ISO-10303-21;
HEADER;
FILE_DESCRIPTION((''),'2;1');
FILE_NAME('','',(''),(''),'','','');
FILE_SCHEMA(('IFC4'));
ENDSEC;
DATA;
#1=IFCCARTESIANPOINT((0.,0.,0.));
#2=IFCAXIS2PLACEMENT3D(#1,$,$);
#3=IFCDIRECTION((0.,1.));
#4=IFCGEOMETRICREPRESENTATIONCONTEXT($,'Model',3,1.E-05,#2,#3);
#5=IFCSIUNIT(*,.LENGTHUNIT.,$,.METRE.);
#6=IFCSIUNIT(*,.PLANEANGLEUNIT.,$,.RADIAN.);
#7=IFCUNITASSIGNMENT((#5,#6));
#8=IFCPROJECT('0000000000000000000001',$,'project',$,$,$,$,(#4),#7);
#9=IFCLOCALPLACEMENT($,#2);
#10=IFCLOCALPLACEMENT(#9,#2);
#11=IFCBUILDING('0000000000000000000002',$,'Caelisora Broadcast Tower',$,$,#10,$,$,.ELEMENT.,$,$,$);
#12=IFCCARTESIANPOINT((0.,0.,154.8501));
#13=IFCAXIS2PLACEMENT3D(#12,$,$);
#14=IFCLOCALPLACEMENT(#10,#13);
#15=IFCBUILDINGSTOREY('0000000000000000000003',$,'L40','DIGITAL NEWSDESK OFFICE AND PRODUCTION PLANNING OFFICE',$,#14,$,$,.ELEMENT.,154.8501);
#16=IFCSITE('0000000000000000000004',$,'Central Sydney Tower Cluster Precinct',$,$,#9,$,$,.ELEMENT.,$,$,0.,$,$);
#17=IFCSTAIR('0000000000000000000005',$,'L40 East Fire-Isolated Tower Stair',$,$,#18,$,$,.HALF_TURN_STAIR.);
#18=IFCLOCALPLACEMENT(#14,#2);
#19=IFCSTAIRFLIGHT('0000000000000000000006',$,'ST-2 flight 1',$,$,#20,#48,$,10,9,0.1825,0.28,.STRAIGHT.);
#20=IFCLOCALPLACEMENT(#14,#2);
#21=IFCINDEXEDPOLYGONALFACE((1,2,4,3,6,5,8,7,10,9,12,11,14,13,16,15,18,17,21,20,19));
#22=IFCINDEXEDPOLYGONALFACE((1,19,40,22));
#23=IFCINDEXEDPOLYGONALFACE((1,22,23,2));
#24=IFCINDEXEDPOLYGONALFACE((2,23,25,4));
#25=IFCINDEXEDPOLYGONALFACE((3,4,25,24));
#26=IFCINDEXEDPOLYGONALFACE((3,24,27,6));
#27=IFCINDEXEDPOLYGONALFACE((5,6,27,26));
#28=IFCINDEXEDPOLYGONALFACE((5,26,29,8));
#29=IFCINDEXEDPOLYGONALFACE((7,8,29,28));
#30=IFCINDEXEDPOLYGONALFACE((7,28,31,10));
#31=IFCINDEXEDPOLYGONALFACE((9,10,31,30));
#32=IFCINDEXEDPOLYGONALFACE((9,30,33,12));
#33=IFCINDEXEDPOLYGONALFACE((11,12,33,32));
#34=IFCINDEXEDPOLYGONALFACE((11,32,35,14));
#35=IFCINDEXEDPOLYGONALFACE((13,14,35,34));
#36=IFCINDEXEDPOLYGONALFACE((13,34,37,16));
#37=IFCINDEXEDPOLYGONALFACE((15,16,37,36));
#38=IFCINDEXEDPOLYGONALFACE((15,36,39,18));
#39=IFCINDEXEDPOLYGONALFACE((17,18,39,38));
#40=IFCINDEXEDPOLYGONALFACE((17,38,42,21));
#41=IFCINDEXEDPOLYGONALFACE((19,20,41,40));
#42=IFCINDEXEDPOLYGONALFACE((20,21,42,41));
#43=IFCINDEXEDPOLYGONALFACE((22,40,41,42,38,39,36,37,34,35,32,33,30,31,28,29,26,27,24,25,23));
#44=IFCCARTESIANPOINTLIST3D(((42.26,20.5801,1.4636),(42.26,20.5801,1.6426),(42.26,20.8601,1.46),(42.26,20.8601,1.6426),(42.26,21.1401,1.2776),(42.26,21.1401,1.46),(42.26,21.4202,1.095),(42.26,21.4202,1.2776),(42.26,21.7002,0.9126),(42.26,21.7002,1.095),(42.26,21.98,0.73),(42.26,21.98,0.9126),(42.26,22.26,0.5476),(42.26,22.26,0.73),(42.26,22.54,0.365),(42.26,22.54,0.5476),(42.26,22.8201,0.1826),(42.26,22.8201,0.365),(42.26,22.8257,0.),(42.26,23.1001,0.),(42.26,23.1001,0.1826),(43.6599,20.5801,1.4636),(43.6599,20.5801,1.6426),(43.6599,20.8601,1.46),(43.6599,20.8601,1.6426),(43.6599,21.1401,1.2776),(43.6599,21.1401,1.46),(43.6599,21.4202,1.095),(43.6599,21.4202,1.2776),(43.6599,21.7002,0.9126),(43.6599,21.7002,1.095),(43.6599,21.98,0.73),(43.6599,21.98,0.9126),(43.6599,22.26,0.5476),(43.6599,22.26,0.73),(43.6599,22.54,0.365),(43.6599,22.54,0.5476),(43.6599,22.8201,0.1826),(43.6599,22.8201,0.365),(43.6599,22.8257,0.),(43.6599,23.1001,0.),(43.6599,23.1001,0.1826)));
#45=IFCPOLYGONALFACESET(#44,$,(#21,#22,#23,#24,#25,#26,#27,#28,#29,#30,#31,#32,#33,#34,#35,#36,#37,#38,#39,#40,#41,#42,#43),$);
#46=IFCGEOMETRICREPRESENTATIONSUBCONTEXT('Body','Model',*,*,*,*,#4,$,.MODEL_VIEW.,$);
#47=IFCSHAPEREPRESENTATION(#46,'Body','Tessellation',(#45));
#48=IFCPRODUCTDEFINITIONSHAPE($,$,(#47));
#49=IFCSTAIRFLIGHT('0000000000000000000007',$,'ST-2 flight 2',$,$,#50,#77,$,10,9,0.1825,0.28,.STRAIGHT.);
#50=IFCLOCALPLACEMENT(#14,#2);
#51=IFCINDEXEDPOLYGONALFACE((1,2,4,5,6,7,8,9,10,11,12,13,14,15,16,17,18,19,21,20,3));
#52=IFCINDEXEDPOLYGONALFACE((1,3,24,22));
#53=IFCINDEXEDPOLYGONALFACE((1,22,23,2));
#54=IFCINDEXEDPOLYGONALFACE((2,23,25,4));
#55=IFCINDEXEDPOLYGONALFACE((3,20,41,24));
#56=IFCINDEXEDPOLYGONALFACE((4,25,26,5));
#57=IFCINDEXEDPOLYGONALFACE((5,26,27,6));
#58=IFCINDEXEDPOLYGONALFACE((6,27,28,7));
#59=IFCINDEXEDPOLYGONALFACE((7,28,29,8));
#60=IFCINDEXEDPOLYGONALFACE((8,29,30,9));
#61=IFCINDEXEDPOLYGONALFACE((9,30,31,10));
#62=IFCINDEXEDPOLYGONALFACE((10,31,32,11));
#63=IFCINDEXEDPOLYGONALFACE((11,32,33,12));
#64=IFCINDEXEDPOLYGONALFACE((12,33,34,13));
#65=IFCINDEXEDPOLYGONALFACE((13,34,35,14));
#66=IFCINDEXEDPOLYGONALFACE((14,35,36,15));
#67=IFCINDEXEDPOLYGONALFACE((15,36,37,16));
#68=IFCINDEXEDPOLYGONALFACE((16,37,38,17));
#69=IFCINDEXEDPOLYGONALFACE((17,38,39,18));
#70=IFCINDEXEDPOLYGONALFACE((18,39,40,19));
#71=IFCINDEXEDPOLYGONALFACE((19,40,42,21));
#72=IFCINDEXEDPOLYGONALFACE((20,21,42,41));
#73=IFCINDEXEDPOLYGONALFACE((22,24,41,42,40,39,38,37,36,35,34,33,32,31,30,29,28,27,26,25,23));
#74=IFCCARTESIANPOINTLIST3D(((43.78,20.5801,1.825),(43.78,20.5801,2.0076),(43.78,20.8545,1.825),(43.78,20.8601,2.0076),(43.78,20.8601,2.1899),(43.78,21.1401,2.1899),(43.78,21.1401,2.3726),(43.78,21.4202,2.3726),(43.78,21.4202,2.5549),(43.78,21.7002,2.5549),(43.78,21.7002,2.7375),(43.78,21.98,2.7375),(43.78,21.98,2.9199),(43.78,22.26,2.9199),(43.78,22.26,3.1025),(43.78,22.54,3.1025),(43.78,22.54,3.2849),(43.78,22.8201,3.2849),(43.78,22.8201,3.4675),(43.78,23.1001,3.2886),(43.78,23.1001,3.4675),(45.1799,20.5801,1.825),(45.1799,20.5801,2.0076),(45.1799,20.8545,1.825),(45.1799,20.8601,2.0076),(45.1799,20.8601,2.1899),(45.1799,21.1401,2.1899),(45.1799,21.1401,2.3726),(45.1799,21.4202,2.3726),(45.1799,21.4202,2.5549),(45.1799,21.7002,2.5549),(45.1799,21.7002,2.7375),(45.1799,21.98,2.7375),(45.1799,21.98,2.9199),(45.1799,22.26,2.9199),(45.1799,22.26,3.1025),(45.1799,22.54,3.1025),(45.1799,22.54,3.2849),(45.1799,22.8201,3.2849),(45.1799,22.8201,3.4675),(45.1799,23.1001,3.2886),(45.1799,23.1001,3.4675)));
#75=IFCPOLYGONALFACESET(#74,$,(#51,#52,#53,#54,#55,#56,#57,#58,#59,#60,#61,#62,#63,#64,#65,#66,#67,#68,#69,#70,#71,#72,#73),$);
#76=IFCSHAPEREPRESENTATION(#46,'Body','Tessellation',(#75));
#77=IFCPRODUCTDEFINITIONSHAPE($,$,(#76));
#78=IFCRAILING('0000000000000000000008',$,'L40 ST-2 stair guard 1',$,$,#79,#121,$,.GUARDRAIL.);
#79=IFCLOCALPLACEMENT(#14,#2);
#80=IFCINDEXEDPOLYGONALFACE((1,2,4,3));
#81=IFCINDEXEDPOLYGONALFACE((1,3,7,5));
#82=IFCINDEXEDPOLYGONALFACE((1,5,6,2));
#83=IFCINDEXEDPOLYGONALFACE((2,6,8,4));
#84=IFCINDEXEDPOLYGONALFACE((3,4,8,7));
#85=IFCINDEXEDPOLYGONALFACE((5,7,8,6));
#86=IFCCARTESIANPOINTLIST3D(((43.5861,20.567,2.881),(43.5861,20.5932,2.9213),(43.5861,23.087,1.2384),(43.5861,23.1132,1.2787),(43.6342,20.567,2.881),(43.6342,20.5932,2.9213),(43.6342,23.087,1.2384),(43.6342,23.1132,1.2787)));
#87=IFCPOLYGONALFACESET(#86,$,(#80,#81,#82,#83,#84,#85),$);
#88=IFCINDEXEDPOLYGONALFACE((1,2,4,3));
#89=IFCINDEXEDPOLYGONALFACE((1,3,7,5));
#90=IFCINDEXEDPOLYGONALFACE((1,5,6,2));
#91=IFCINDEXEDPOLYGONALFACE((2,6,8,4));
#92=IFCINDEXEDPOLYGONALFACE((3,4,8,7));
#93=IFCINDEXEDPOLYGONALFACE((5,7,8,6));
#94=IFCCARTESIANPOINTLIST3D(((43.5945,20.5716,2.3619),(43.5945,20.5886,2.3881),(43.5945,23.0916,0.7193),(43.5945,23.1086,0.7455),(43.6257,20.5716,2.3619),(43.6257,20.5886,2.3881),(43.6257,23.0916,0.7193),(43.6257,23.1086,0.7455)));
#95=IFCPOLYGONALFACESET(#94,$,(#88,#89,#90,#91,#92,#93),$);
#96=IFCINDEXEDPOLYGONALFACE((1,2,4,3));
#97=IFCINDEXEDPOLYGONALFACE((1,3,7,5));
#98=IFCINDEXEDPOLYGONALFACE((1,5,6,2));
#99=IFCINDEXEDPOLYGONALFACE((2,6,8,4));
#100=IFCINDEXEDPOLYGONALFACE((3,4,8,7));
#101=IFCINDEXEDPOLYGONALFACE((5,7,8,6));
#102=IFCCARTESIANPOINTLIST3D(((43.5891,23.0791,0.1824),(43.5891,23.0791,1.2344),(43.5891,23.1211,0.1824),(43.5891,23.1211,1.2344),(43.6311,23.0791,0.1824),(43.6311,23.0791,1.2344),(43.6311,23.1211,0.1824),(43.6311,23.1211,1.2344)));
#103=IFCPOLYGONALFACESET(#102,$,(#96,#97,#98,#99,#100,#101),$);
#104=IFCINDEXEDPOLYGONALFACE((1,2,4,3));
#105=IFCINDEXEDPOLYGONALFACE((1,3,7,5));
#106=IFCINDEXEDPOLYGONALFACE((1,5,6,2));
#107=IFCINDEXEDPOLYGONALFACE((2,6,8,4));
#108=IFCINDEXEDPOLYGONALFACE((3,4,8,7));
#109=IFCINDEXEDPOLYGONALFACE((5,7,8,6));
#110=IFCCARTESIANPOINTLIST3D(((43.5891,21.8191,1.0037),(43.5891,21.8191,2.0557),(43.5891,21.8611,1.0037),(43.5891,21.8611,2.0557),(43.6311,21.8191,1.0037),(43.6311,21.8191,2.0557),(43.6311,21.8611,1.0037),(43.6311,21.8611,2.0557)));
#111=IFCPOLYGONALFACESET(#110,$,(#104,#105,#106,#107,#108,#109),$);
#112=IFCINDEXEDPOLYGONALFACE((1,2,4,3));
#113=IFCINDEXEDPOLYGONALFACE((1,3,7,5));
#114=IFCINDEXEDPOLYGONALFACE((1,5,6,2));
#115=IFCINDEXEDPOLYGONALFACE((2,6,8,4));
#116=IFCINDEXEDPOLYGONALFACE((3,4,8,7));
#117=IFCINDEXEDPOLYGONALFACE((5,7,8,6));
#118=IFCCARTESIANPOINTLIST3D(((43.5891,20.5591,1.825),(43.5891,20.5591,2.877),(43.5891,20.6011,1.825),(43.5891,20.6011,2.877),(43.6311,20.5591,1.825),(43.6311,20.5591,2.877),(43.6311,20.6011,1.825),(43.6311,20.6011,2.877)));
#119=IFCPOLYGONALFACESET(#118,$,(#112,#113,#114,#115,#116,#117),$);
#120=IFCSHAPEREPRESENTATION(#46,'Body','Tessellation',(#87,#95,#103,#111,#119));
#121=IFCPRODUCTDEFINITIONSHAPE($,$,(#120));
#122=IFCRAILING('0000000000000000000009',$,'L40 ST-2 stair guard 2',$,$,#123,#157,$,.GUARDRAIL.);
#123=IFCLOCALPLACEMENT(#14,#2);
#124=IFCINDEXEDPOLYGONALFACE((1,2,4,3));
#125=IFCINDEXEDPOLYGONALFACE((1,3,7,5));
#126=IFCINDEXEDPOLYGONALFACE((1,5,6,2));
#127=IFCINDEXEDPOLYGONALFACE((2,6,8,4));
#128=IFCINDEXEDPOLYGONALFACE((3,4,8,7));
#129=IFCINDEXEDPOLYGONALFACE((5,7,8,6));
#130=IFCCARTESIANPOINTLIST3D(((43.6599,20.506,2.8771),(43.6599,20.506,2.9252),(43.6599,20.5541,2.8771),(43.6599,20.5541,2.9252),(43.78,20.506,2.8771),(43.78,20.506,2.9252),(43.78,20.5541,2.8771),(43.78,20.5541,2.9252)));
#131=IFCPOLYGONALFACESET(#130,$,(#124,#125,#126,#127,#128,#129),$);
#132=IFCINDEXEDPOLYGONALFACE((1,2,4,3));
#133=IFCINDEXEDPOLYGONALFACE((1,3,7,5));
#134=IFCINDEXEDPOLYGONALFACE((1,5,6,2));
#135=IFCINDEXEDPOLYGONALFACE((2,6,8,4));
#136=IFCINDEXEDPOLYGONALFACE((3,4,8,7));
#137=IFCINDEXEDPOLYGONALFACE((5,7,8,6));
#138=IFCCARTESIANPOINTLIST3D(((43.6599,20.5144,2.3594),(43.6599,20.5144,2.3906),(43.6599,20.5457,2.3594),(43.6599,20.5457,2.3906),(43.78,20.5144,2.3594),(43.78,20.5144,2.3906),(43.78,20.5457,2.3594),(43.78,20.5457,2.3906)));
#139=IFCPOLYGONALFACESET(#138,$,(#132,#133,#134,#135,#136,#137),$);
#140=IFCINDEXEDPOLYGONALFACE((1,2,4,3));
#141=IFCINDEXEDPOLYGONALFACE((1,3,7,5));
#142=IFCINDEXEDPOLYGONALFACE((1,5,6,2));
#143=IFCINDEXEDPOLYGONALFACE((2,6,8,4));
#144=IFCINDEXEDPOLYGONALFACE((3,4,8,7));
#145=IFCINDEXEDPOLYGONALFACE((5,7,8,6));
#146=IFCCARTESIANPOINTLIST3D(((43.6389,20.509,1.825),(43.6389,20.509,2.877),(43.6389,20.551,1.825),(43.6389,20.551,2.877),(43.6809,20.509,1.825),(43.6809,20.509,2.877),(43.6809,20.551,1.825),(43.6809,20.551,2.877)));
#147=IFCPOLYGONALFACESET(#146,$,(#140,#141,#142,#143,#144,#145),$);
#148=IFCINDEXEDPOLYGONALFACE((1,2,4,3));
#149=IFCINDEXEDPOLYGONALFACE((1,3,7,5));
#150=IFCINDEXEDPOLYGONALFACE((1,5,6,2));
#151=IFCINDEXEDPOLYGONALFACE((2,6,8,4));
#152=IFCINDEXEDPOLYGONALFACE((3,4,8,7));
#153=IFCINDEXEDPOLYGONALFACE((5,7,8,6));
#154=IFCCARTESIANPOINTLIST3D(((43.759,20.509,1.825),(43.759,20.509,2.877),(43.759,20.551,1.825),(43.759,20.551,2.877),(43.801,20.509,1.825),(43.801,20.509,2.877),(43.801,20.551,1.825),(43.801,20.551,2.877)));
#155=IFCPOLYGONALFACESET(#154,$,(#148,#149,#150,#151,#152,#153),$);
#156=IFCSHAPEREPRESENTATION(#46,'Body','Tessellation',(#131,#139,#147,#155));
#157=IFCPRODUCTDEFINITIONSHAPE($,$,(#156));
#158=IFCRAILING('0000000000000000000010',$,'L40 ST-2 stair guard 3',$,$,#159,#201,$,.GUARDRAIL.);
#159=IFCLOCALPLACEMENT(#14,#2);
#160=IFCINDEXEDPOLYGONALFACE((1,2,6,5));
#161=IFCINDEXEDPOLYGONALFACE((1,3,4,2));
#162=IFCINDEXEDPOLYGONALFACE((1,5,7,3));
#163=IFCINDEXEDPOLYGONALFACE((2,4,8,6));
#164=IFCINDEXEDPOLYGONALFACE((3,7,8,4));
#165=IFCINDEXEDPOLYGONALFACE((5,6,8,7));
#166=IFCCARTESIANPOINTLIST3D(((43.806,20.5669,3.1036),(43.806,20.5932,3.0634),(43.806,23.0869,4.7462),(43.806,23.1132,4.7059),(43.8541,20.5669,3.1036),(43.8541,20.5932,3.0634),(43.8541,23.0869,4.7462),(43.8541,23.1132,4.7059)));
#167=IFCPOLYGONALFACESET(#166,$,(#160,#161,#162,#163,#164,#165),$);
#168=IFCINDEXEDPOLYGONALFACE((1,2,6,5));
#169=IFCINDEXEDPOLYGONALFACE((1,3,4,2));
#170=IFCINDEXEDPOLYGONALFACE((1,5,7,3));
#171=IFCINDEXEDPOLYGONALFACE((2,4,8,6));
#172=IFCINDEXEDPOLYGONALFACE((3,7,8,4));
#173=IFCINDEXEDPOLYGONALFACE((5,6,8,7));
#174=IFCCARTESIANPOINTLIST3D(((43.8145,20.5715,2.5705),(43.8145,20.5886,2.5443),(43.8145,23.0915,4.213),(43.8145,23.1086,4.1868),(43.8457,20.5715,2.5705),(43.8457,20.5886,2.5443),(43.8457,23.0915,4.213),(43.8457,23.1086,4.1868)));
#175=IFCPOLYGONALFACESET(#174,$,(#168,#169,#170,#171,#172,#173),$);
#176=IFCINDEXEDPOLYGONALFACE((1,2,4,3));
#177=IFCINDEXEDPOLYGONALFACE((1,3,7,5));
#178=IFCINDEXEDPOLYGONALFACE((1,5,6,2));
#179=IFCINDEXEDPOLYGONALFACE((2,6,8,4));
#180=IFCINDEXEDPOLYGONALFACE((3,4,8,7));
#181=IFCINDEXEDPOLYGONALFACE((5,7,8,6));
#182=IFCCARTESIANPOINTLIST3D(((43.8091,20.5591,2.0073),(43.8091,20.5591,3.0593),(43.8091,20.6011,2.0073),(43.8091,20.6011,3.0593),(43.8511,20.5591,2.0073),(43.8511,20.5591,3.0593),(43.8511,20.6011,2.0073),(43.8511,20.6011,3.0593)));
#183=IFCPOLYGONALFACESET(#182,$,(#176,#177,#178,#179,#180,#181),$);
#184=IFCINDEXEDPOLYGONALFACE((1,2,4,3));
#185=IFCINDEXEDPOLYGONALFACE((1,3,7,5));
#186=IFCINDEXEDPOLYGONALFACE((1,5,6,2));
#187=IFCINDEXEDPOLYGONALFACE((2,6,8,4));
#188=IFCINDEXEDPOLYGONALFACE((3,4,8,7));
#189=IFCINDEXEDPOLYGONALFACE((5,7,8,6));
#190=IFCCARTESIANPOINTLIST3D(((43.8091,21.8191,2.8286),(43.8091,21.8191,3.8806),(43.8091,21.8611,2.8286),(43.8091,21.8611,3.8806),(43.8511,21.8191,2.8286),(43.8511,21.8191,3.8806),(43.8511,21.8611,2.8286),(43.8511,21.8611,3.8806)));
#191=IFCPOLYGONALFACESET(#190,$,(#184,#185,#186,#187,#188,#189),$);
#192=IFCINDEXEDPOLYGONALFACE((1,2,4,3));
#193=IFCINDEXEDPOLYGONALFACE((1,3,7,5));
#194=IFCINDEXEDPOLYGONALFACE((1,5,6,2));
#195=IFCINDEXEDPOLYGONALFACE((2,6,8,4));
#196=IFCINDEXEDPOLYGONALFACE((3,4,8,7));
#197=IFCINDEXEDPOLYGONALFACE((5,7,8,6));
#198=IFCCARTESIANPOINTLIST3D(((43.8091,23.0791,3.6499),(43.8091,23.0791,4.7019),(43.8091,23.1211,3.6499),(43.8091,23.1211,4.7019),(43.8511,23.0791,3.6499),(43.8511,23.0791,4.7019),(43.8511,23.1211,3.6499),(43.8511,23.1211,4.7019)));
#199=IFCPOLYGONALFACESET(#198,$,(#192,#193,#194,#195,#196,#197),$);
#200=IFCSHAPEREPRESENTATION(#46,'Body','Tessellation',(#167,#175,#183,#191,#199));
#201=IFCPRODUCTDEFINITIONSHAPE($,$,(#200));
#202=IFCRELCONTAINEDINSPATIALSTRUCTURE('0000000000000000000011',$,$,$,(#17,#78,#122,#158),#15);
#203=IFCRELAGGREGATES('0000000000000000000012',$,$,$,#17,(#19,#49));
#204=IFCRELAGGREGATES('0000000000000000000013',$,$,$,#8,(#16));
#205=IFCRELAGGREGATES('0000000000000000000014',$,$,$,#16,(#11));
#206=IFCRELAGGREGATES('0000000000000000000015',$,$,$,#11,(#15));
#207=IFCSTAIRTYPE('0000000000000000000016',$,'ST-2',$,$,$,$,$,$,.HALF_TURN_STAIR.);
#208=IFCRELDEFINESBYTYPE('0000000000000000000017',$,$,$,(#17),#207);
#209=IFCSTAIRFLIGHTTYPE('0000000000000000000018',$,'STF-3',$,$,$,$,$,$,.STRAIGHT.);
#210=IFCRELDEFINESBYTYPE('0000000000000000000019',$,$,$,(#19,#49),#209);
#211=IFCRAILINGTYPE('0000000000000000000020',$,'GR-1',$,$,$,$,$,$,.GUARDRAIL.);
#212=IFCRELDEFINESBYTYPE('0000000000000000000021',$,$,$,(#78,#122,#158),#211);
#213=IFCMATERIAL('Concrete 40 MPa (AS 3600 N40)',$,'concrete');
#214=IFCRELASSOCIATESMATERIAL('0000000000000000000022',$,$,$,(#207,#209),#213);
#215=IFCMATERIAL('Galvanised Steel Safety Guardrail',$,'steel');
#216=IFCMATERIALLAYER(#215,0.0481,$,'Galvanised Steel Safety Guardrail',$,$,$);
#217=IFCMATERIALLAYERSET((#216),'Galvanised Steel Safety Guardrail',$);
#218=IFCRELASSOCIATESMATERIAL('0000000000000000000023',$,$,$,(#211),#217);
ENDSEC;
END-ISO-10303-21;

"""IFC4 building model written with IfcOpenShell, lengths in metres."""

from ifc_helpers import new_model, si_unit, direction, frame, origin, origin_2d, place, context, subcontext, project, spatial, polyline, rectangle, outline, extrude, material, layer, layer_set, type_object, element, aggregate, save


model = new_model("IFC4")

# Units and contexts
model_context = context("Model", 3, precision=1e-05, world=origin(), true_north=direction((0.0, 1.0)))
body_context = subcontext(model_context, "Body", "Model", "MODEL_VIEW")
ifc_project = project(units=[si_unit("LENGTHUNIT", "METRE"), si_unit("PLANEANGLEUNIT", "RADIAN")], contexts=[model_context])

# Site, building, storey
site_placement = place(None, origin())
site = spatial("IfcSite", under=ifc_project, at=site_placement, Name="Central Sydney Tower Cluster Precinct", CompositionType="ELEMENT", RefElevation=0.0)
building_placement = place(site_placement, origin())
building = spatial("IfcBuilding", under=site, at=building_placement, Name="Caelisora Broadcast Tower", CompositionType="ELEMENT")
storey_placement = place(building_placement, frame((0.0, 0.0, 154.8501)))
storey = spatial("IfcBuildingStorey", under=building, at=storey_placement, Name="L40", Description="DIGITAL NEWSDESK OFFICE AND PRODUCTION PLANNING OFFICE", CompositionType="ELEMENT", Elevation=154.8501)

# Stair, stair flights
ifc_material_1 = material(Name="Concrete 40 MPa (AS 3600 N40)", Category="concrete")
stair_type = type_object("IfcStairType", Name="ST-2", PredefinedType="HALF_TURN_STAIR", material=ifc_material_1)
stair_placement = place(storey_placement, origin())
stair = element("IfcStair", 1, at=stair_placement, inside=storey, type_object=stair_type, Name="L40 East Fire-Isolated Tower Stair", PredefinedType="HALF_TURN_STAIR")
stair_flight_type = type_object("IfcStairFlightType", Name="STF-3", PredefinedType="STRAIGHT", material=ifc_material_1)
stair_flight_1_placement = place(storey_placement, frame((42.96, 23.1001, 0.0), z_axis=(0.0, 0.0, 1.0), x_axis=(0.0, -1.0, 0.0)))
stair_flight_1 = element("IfcStairFlight", 2, at=stair_flight_1_placement, type_object=stair_flight_type, Name="ST-2 flight 1", NumberOfRisers=10, NumberOfTreads=9, PredefinedType="STRAIGHT", RiserHeight=0.1825, TreadLength=0.28, context=body_context, shape_type="SweptSolid", body=[
    extrude(outline(polyline([(0.0, 0.0), (0.0, 0.1826), (0.28, 0.1826), (0.28, 0.365), (0.5601, 0.365), (0.5601, 0.5476), (0.8401, 0.5476), (0.8401, 0.73), (1.1201, 0.73), (1.1201, 0.9126), (1.3999, 0.9126), (1.3999, 1.095), (1.6799, 1.095), (1.6799, 1.2776), (1.96, 1.2776), (1.96, 1.46), (2.24, 1.46), (2.24, 1.6426), (2.52, 1.6426), (2.52, 1.825), (2.52, 1.4636), (0.2744, 0.0), (0.0, 0.0)])), frame((0.0, 0.7, 0.0), z_axis=(0.0, -1.0, 0.0), x_axis=(1.0, 0.0, 0.0)), (0.0, 0.0, 1.0), 1.3999),
])
stair_flight_2_placement = place(storey_placement, frame((44.48, 20.5801, 1.825), z_axis=(0.0, 0.0, 1.0), x_axis=(0.0, 1.0, 0.0)))
stair_flight_2 = element("IfcStairFlight", 3, at=stair_flight_2_placement, type_object=stair_flight_type, Name="ST-2 flight 2", NumberOfRisers=10, NumberOfTreads=9, PredefinedType="STRAIGHT", RiserHeight=0.1825, TreadLength=0.28, context=body_context, shape_type="SweptSolid", body=[
    extrude(outline(polyline([(0.0, 0.0), (0.0, 0.1826), (0.28, 0.1826), (0.28, 0.365), (0.5601, 0.365), (0.5601, 0.5476), (0.8401, 0.5476), (0.8401, 0.73), (1.1201, 0.73), (1.1201, 0.9126), (1.3999, 0.9126), (1.3999, 1.095), (1.6799, 1.095), (1.6799, 1.2776), (1.96, 1.2776), (1.96, 1.46), (2.24, 1.46), (2.24, 1.6426), (2.52, 1.6426), (2.52, 1.825), (2.52, 1.4636), (0.2744, 0.0), (0.0, 0.0)])), frame((0.0, 0.7, 0.0), z_axis=(0.0, -1.0, 0.0), x_axis=(1.0, 0.0, 0.0)), (0.0, 0.0, 1.0), 1.3999),
])
aggregate(stair, [stair_flight_1, stair_flight_2])

# Railings
ifc_material_2 = material(Name="Galvanised Steel Safety Guardrail", Category="steel")
ifc_layer_1 = layer(ifc_material_2, 0.0481, Name="Galvanised Steel Safety Guardrail")
ifc_layer_set_1 = layer_set([ifc_layer_1], Name="Galvanised Steel Safety Guardrail")
railing_type_1 = type_object("IfcRailingType", Name="GR-1", PredefinedType="GUARDRAIL", material=ifc_layer_set_1)
railing_1_placement = place(storey_placement, frame((43.6101, 23.1001, 0.1824)))
element("IfcRailing", 4, at=railing_1_placement, inside=storey, type_object=railing_type_1, Name="L40 ST-2 stair guard 1", PredefinedType="GUARDRAIL", context=body_context, shape_type="SweptSolid", body=[
    extrude(rectangle(XDim=0.0481, YDim=0.0481, at=origin_2d()), frame((0.0, 0.0, 1.0762), z_axis=(0.0, -0.837749, 0.546055), x_axis=(1.0, 0.0, 0.0)), (0.0, 0.0, 1.0), 3.0081),
    extrude(rectangle(XDim=0.0312, YDim=0.0312, at=origin_2d()), frame((0.0, 0.0, 0.55), z_axis=(0.0, -0.837749, 0.546055), x_axis=(1.0, 0.0, 0.0)), (0.0, 0.0, 1.0), 3.0081),
    extrude(rectangle(XDim=0.042, YDim=0.042, at=origin_2d()), origin(), (0.0, 0.0, 1.0), 1.052),
    extrude(rectangle(XDim=0.042, YDim=0.042, at=origin_2d()), frame((0.0, -1.26, 0.8213)), (0.0, 0.0, 1.0), 1.052),
    extrude(rectangle(XDim=0.042, YDim=0.042, at=origin_2d()), frame((0.0, -2.52, 1.6426)), (0.0, 0.0, 1.0), 1.052),
])
railing_2_placement = place(storey_placement, frame((43.6599, 20.53, 1.825)))
element("IfcRailing", 5, at=railing_2_placement, inside=storey, type_object=railing_type_1, Name="L40 ST-2 stair guard 2", PredefinedType="GUARDRAIL", context=body_context, shape_type="SweptSolid", body=[
    extrude(rectangle(XDim=0.0481, YDim=0.0481, at=origin_2d()), frame((0.0, 0.0, 1.0762), z_axis=(1.0, 0.0, 0.0), x_axis=(0.0, 1.0, 0.0)), (0.0, 0.0, 1.0), 0.1201),
    extrude(rectangle(XDim=0.0312, YDim=0.0312, at=origin_2d()), frame((0.0, 0.0, 0.55), z_axis=(1.0, 0.0, 0.0), x_axis=(0.0, 1.0, 0.0)), (0.0, 0.0, 1.0), 0.1201),
    extrude(rectangle(XDim=0.042, YDim=0.042, at=origin_2d()), origin(), (0.0, 0.0, 1.0), 1.052),
    extrude(rectangle(XDim=0.042, YDim=0.042, at=origin_2d()), frame((0.1201, 0.0, 0.0)), (0.0, 0.0, 1.0), 1.052),
])
railing_3_placement = place(storey_placement, frame((43.8301, 20.5801, 2.0073)))
element("IfcRailing", 6, at=railing_3_placement, inside=storey, type_object=railing_type_1, Name="L40 ST-2 stair guard 3", PredefinedType="GUARDRAIL", context=body_context, shape_type="SweptSolid", body=[
    extrude(rectangle(XDim=0.0481, YDim=0.0481, at=origin_2d()), frame((0.0, 0.0, 1.0762), z_axis=(0.0, 0.837749, 0.546055), x_axis=(-1.0, 0.0, 0.0)), (0.0, 0.0, 1.0), 3.0081),
    extrude(rectangle(XDim=0.0312, YDim=0.0312, at=origin_2d()), frame((0.0, 0.0, 0.55), z_axis=(0.0, 0.837749, 0.546055), x_axis=(-1.0, 0.0, 0.0)), (0.0, 0.0, 1.0), 3.0081),
    extrude(rectangle(XDim=0.042, YDim=0.042, at=origin_2d()), origin(), (0.0, 0.0, 1.0), 1.052),
    extrude(rectangle(XDim=0.042, YDim=0.042, at=origin_2d()), frame((0.0, 1.26, 0.8213)), (0.0, 0.0, 1.0), 1.052),
    extrude(rectangle(XDim=0.042, YDim=0.042, at=origin_2d()), frame((0.0, 2.52, 1.6426)), (0.0, 0.0, 1.0), 1.052),
])

save(model, "model.ifc")
